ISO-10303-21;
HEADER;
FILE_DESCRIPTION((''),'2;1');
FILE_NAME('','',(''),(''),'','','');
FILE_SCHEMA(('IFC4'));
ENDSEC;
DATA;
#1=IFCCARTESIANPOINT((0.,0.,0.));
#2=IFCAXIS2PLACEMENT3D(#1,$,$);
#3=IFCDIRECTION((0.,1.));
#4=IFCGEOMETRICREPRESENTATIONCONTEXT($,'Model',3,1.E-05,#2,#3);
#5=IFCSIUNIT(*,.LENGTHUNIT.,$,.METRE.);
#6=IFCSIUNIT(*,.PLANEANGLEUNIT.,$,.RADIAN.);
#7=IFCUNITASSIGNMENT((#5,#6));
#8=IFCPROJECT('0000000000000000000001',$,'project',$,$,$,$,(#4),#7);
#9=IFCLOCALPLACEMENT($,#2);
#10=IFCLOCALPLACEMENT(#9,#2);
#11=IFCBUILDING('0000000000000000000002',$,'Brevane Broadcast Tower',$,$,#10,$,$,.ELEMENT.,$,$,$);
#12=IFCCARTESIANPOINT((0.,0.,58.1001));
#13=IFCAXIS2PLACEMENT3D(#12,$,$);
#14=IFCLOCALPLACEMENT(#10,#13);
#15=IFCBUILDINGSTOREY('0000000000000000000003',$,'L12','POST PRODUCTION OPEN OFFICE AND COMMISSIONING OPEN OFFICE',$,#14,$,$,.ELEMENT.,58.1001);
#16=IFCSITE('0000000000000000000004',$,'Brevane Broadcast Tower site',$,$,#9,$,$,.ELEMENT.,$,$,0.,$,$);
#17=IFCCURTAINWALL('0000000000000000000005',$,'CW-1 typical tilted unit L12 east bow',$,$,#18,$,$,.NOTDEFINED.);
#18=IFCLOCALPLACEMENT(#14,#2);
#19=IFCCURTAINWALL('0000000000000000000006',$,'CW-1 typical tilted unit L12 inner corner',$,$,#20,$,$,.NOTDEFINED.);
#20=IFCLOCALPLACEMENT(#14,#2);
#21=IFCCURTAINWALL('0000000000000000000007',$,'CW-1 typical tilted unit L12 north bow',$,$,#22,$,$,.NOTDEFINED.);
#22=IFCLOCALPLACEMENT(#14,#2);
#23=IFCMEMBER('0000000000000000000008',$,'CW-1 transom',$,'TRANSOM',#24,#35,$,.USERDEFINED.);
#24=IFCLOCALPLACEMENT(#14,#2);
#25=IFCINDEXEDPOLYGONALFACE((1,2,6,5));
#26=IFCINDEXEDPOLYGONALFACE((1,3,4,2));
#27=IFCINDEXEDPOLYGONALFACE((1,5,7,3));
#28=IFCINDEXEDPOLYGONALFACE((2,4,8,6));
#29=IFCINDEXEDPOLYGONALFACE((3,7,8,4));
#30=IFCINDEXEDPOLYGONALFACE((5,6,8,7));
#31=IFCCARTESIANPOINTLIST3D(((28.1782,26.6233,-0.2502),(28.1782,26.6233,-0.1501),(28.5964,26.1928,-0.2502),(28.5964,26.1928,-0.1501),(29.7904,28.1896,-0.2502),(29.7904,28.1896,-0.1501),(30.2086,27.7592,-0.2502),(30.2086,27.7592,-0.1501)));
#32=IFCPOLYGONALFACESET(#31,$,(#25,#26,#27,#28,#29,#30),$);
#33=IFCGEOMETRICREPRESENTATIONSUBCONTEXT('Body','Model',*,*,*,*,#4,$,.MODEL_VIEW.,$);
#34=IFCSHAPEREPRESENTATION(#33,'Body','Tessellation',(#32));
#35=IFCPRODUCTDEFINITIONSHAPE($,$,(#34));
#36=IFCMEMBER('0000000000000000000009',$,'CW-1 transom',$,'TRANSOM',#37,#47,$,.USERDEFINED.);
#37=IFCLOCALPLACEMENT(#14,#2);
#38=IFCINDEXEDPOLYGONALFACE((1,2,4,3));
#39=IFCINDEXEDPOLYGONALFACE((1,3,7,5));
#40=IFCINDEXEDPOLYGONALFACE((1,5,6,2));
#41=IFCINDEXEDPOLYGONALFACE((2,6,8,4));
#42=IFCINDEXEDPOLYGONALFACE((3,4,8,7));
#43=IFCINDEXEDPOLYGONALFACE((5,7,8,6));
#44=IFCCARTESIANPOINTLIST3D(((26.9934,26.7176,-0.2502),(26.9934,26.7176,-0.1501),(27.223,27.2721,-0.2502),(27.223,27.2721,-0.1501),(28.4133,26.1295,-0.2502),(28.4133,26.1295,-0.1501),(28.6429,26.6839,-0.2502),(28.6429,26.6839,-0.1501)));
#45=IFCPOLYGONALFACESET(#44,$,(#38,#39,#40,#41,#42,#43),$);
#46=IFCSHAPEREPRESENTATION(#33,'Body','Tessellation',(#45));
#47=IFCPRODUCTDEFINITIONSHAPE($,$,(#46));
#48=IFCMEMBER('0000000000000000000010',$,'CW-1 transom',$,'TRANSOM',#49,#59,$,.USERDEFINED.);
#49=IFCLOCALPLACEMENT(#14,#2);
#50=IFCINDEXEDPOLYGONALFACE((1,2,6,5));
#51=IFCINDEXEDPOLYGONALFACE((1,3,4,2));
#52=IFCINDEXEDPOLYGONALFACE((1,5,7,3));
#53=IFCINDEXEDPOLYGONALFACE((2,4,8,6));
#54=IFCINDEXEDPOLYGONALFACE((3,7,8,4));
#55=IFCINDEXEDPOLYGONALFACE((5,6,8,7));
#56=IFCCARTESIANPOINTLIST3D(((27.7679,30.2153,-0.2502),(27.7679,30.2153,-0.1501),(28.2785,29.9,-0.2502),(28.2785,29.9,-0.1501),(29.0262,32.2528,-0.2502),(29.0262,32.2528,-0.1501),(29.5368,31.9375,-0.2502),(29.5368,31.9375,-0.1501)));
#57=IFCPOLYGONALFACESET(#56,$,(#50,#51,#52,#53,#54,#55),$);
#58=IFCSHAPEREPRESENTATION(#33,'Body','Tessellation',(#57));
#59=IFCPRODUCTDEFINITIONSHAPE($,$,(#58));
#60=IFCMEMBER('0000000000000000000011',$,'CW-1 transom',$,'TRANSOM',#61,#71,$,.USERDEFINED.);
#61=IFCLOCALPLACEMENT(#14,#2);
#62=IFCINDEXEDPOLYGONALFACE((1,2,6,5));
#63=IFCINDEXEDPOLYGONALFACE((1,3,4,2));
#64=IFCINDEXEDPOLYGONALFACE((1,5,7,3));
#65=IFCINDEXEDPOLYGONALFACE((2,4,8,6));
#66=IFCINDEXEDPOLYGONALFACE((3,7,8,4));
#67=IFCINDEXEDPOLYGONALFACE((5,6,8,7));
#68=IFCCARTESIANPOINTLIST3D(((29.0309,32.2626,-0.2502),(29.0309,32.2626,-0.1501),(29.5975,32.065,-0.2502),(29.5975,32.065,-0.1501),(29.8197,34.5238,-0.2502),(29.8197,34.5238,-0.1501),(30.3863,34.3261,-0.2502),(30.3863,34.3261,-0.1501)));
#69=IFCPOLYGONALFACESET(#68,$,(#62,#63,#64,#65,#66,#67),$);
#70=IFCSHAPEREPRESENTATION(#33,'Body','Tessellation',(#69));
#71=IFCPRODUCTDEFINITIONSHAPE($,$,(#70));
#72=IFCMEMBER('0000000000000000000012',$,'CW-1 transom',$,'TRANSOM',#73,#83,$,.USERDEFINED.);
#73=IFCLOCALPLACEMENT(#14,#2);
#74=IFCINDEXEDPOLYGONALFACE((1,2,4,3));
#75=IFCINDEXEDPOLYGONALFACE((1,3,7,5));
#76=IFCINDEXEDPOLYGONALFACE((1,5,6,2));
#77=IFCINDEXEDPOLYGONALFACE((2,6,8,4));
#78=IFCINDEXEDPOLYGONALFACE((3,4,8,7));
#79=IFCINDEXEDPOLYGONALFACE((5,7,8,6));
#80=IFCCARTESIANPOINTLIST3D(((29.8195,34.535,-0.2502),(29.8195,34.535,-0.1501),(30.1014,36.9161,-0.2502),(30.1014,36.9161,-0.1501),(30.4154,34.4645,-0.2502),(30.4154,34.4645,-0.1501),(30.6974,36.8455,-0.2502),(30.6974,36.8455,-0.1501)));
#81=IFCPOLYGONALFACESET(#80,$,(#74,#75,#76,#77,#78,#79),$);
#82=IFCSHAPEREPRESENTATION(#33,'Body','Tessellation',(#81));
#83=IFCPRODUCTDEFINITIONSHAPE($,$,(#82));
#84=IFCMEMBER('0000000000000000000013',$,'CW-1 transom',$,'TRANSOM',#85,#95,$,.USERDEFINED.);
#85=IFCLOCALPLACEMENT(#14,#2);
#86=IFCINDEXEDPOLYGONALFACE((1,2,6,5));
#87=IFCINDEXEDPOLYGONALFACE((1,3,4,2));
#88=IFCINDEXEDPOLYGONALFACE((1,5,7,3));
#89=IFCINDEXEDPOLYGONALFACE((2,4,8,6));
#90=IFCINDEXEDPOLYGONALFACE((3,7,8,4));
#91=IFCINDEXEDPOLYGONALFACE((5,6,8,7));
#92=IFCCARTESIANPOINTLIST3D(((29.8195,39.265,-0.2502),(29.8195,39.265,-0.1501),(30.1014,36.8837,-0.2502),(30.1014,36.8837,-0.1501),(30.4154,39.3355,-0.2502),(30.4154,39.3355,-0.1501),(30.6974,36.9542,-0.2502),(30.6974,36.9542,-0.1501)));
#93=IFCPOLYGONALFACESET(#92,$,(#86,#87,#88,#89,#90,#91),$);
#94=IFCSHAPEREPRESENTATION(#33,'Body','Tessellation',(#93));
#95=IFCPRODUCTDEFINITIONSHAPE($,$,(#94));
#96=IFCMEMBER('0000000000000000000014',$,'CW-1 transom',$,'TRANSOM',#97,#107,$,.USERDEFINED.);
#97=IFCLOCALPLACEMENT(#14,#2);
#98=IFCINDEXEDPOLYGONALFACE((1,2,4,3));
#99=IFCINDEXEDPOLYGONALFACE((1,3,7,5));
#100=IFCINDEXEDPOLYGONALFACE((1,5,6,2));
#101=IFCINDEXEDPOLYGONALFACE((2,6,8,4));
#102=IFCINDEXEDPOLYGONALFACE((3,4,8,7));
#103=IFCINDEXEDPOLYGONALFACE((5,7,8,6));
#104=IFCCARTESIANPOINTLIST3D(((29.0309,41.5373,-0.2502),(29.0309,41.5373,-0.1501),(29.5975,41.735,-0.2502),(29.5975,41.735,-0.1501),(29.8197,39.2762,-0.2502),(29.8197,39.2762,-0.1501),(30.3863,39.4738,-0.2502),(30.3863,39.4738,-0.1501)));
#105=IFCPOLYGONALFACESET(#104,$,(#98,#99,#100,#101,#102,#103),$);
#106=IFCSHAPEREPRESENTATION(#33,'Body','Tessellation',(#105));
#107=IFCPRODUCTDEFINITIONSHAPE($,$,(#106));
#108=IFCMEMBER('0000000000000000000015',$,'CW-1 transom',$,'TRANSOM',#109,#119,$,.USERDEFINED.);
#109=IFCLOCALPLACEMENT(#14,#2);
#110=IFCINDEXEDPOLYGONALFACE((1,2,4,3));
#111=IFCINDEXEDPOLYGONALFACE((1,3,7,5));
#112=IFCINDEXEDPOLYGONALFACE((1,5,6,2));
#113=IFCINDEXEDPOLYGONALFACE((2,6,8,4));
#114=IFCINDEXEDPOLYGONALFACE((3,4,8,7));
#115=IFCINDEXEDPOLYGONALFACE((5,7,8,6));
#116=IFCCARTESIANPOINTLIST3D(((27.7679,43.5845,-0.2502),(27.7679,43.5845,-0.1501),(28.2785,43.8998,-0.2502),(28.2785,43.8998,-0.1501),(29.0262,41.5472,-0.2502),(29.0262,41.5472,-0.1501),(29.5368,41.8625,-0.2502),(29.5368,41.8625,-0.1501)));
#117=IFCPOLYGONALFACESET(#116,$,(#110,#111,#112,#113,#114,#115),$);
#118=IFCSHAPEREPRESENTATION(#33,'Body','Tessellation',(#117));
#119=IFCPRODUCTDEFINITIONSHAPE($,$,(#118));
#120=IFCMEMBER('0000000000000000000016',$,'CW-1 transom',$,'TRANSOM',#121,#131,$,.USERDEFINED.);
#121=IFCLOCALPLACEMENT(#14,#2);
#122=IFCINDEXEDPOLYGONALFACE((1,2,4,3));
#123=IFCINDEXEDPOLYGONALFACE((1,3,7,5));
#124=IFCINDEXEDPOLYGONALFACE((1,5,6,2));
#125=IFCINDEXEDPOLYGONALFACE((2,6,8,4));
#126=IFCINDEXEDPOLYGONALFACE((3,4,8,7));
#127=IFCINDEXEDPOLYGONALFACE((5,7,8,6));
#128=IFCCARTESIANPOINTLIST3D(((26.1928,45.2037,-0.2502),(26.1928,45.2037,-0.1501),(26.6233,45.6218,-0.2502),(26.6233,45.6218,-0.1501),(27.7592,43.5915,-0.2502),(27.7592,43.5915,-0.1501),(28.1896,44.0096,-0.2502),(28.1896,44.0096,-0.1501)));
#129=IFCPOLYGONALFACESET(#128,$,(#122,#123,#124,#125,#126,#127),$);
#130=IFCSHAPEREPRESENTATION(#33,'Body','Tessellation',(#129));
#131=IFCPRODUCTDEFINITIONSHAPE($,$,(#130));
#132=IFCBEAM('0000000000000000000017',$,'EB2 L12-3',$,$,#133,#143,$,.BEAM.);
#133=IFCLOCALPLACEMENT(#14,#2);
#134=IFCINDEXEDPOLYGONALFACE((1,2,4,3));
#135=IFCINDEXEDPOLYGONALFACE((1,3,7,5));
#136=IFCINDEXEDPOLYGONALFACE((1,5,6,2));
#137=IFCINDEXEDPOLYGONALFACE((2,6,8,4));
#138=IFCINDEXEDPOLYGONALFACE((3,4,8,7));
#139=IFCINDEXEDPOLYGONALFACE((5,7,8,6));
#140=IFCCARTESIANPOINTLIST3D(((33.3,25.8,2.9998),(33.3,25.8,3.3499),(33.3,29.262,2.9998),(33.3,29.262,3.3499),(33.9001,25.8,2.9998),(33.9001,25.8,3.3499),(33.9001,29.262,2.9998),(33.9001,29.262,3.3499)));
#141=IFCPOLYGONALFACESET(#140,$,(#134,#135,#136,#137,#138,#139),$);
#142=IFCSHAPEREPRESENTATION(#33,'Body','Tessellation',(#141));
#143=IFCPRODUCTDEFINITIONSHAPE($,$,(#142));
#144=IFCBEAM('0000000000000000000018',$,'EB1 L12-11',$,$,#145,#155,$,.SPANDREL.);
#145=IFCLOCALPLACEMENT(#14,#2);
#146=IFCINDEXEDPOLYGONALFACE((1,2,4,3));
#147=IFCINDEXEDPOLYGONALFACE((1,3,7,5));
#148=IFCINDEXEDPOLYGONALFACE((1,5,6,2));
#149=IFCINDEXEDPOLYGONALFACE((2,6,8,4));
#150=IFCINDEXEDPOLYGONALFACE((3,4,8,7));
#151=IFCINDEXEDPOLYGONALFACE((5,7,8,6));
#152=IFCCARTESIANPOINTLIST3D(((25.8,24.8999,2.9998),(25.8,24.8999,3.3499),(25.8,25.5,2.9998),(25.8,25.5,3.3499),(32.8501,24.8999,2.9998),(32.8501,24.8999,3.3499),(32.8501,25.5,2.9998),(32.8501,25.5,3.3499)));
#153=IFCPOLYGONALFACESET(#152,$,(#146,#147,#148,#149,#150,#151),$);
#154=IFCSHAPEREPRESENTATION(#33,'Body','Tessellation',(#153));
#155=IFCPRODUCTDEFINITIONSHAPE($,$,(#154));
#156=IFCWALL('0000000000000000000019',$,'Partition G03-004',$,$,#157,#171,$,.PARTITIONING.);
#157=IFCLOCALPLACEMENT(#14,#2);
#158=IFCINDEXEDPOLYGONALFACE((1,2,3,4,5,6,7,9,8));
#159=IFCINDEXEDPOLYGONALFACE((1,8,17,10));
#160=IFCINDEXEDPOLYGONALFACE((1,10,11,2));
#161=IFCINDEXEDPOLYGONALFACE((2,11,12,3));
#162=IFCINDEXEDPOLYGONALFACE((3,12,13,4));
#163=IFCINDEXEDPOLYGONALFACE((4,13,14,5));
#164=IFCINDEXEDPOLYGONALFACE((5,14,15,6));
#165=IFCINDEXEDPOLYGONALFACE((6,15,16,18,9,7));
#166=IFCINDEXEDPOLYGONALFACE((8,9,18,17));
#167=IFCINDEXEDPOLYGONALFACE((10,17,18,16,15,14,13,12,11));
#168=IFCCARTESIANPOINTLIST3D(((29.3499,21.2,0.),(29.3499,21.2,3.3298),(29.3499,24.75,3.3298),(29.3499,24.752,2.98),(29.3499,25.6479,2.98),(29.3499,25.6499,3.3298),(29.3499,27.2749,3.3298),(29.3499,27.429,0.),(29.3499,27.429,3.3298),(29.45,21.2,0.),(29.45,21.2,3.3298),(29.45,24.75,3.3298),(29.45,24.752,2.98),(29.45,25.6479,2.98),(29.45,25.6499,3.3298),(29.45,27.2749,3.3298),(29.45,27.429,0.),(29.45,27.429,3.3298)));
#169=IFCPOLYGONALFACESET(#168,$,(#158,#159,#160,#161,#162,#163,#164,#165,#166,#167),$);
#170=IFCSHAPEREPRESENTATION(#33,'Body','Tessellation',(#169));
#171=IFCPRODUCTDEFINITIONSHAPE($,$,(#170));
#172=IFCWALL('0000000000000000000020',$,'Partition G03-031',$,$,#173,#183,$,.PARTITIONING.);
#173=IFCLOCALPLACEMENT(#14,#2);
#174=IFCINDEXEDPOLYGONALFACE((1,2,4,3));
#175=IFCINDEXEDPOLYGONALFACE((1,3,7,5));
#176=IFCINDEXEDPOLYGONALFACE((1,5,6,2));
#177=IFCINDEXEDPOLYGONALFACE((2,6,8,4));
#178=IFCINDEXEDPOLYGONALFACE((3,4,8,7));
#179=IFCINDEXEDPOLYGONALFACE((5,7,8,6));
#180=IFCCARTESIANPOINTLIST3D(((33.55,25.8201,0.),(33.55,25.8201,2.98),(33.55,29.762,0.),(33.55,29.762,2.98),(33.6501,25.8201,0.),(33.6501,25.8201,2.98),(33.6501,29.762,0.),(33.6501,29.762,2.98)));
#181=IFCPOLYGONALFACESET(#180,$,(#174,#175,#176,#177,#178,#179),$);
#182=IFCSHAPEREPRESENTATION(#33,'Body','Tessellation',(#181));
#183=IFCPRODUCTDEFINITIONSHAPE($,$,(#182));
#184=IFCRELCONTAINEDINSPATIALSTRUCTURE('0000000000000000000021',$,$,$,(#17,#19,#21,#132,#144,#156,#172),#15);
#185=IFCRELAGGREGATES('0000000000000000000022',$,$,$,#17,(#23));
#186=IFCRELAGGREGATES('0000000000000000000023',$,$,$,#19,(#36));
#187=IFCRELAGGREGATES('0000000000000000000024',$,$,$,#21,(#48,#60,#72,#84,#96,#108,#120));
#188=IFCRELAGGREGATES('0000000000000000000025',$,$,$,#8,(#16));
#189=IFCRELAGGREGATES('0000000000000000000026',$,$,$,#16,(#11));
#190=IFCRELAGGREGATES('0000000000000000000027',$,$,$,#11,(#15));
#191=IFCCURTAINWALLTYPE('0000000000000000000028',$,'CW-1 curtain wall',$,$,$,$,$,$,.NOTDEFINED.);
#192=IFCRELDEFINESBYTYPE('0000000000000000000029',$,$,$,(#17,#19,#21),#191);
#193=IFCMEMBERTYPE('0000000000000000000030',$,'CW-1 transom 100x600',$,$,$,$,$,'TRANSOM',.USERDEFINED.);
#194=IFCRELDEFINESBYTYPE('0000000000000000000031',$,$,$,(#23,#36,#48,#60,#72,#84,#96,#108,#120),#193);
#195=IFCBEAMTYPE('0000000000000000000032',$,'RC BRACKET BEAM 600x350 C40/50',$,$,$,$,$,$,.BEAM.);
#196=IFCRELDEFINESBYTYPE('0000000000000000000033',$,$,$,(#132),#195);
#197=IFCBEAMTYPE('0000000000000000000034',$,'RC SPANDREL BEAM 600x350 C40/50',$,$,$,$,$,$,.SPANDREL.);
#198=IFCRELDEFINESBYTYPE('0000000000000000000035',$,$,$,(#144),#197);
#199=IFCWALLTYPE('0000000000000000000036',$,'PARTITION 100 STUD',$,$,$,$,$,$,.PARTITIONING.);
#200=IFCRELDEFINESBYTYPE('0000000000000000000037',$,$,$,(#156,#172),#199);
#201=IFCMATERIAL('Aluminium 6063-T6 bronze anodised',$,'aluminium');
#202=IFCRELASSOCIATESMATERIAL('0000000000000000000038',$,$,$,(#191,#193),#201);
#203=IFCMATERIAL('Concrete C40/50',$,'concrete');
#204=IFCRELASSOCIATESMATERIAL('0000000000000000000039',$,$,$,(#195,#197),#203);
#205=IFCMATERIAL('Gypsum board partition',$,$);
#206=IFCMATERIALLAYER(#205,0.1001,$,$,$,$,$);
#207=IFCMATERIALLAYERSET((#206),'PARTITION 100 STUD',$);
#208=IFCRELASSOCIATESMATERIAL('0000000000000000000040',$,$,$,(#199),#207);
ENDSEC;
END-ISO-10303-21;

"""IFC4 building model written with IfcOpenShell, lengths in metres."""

from ifc_helpers import new_model, si_unit, direction, frame, frame_2d, origin, origin_2d, place, context, subcontext, project, spatial, polyline, rectangle, outline, extrude, material, layer, layer_set, material_profile, profile_set, type_object, element, aggregate, save


model = new_model("IFC4")

# Units and contexts
model_context = context("Model", 3, precision=1e-05, world=origin(), true_north=direction((0.0, 1.0)))
body_context = subcontext(model_context, "Body", "Model", "MODEL_VIEW")
ifc_project = project(units=[si_unit("LENGTHUNIT", "METRE"), si_unit("PLANEANGLEUNIT", "RADIAN")], contexts=[model_context])

# Site, building, storey
site_placement = place(None, origin())
site = spatial("IfcSite", under=ifc_project, at=site_placement, Name="Brevane Broadcast Tower site", CompositionType="ELEMENT", RefElevation=0.0)
building_placement = place(site_placement, origin())
building = spatial("IfcBuilding", under=site, at=building_placement, Name="Brevane Broadcast Tower", CompositionType="ELEMENT")
storey_placement = place(building_placement, frame((0.0, 0.0, 58.1001)))
storey = spatial("IfcBuildingStorey", under=building, at=storey_placement, Name="L12", Description="POST PRODUCTION OPEN OFFICE AND COMMISSIONING OPEN OFFICE", CompositionType="ELEMENT", Elevation=58.1001)

# Curtain wall
ifc_material_1 = material(Name="Aluminium 6063-T6 bronze anodised", Category="aluminium")
curtain_wall_type = type_object("IfcCurtainWallType", Name="CW-1 curtain wall", PredefinedType="NOTDEFINED", material=ifc_material_1)
curtain_wall_1_placement = place(storey_placement, origin())
curtain_wall_1 = element("IfcCurtainWall", 1, at=curtain_wall_1_placement, inside=storey, type_object=curtain_wall_type, Name="CW-1 typical tilted unit L12 east bow", PredefinedType="NOTDEFINED")

# Curtain wall
curtain_wall_2_placement = place(storey_placement, origin())
curtain_wall_2 = element("IfcCurtainWall", 2, at=curtain_wall_2_placement, inside=storey, type_object=curtain_wall_type, Name="CW-1 typical tilted unit L12 inner corner", PredefinedType="NOTDEFINED")

# Curtain wall
curtain_wall_3_placement = place(storey_placement, origin())
curtain_wall_3 = element("IfcCurtainWall", 3, at=curtain_wall_3_placement, inside=storey, type_object=curtain_wall_type, Name="CW-1 typical tilted unit L12 north bow", PredefinedType="NOTDEFINED")

# Members
ifc_material_profile_1 = material_profile(ifc_material_1, rectangle(XDim=0.6001, YDim=0.1001, at=origin_2d()), Name="RECT 100x600")
ifc_profile_set_1 = profile_set([ifc_material_profile_1], Name="Aluminium 6063-T6 bronze anodised")
member_type_1 = type_object("IfcMemberType", Name="CW-1 transom 100x600", ElementType="TRANSOM", PredefinedType="USERDEFINED", material=ifc_profile_set_1)
member_1_placement = place(storey_placement, frame((29.9995, 27.9744, -0.2002), z_axis=(-0.717242, -0.696824, 0.0), x_axis=(0.696824, -0.717242, 0.0)))
member_1 = element("IfcMember", 4, at=member_1_placement, type_object=member_type_1, Name="CW-1 transom", ObjectType="TRANSOM", PredefinedType="USERDEFINED", context=body_context, shape_type="SweptSolid", body=[
    extrude(rectangle(XDim=0.6001, YDim=0.1001, at=origin_2d()), origin(), (0.0, 0.0, 1.0), 2.2478),
])
aggregate(curtain_wall_1, [member_1])
member_2_placement = place(storey_placement, frame((28.5281, 26.4067, -0.2002), z_axis=(-0.923883, 0.382674, 0.0), x_axis=(-0.382674, -0.923883, 0.0)))
member_2 = element("IfcMember", 5, at=member_2_placement, type_object=member_type_1, Name="CW-1 transom", ObjectType="TRANSOM", PredefinedType="USERDEFINED", context=body_context, shape_type="SweptSolid", body=[
    extrude(rectangle(XDim=0.6001, YDim=0.1001, at=origin_2d()), origin(), (0.0, 0.0, 1.0), 1.5369),
])
aggregate(curtain_wall_2, [member_2])
member_3_placement = place(storey_placement, frame((28.0232, 30.0576, -0.2002), z_axis=(0.525428, 0.850838, 0.0), x_axis=(-0.850838, 0.525428, 0.0)))
member_3 = element("IfcMember", 6, at=member_3_placement, type_object=member_type_1, Name="CW-1 transom", ObjectType="TRANSOM", PredefinedType="USERDEFINED", context=body_context, shape_type="SweptSolid", body=[
    extrude(rectangle(XDim=0.6001, YDim=0.1001, at=origin_2d()), origin(), (0.0, 0.0, 1.0), 2.3948),
])
member_4_placement = place(storey_placement, frame((29.3142, 32.1638, -0.2002), z_axis=(0.329378, 0.944198, 0.0), x_axis=(-0.944198, 0.329378, 0.0)))
member_4 = element("IfcMember", 7, at=member_4_placement, type_object=member_type_1, Name="CW-1 transom", ObjectType="TRANSOM", PredefinedType="USERDEFINED", context=body_context, shape_type="SweptSolid", body=[
    extrude(rectangle(XDim=0.6001, YDim=0.1001, at=origin_2d()), origin(), (0.0, 0.0, 1.0), 2.3948),
])
member_5_placement = place(storey_placement, frame((30.1174, 34.4998, -0.2002), z_axis=(0.117603, 0.993061, 0.0), x_axis=(-0.993061, 0.117603, 0.0)))
member_5 = element("IfcMember", 8, at=member_5_placement, type_object=member_type_1, Name="CW-1 transom", ObjectType="TRANSOM", PredefinedType="USERDEFINED", context=body_context, shape_type="SweptSolid", body=[
    extrude(rectangle(XDim=0.6001, YDim=0.1001, at=origin_2d()), origin(), (0.0, 0.0, 1.0), 2.3977),
])
member_6_placement = place(storey_placement, frame((30.3994, 36.9189, -0.2002), z_axis=(-0.117591, 0.993062, 0.0), x_axis=(-0.993062, -0.117591, 0.0)))
member_6 = element("IfcMember", 9, at=member_6_placement, type_object=member_type_1, Name="CW-1 transom", ObjectType="TRANSOM", PredefinedType="USERDEFINED", context=body_context, shape_type="SweptSolid", body=[
    extrude(rectangle(XDim=0.6001, YDim=0.1001, at=origin_2d()), origin(), (0.0, 0.0, 1.0), 2.3979),
])
member_7_placement = place(storey_placement, frame((30.103, 39.375, -0.2002), z_axis=(-0.329378, 0.944198, 0.0), x_axis=(-0.944198, -0.329378, 0.0)))
member_7 = element("IfcMember", 10, at=member_7_placement, type_object=member_type_1, Name="CW-1 transom", ObjectType="TRANSOM", PredefinedType="USERDEFINED", context=body_context, shape_type="SweptSolid", body=[
    extrude(rectangle(XDim=0.6001, YDim=0.1001, at=origin_2d()), origin(), (0.0, 0.0, 1.0), 2.3948),
])
member_8_placement = place(storey_placement, frame((29.2815, 41.7048, -0.2002), z_axis=(-0.525473, 0.85081, 0.0), x_axis=(-0.85081, -0.525473, 0.0)))
member_8 = element("IfcMember", 11, at=member_8_placement, type_object=member_type_1, Name="CW-1 transom", ObjectType="TRANSOM", PredefinedType="USERDEFINED", context=body_context, shape_type="SweptSolid", body=[
    extrude(rectangle(XDim=0.6001, YDim=0.1001, at=origin_2d()), origin(), (0.0, 0.0, 1.0), 2.3945),
])
member_9_placement = place(storey_placement, frame((27.9744, 43.8005, -0.2002), z_axis=(-0.696824, 0.717242, 0.0), x_axis=(-0.717242, -0.696824, 0.0)))
member_9 = element("IfcMember", 12, at=member_9_placement, type_object=member_type_1, Name="CW-1 transom", ObjectType="TRANSOM", PredefinedType="USERDEFINED", context=body_context, shape_type="SweptSolid", body=[
    extrude(rectangle(XDim=0.6001, YDim=0.1001, at=origin_2d()), origin(), (0.0, 0.0, 1.0), 2.2478),
])
aggregate(curtain_wall_3, [member_3, member_4, member_5, member_6, member_7, member_8, member_9])

# Beams
ifc_material_2 = material(Name="Concrete C40/50", Category="concrete")
ifc_material_profile_2 = material_profile(ifc_material_2, rectangle(XDim=0.6001, YDim=0.3501, at=origin_2d()), Name="RC 600x350")
ifc_profile_set_2 = profile_set([ifc_material_profile_2], Name="Concrete C40/50")
beam_type_1 = type_object("IfcBeamType", Name="RC BRACKET BEAM 600x350 C40/50", PredefinedType="BEAM", material=ifc_profile_set_2)
beam_1_placement = place(storey_placement, frame((33.6001, 25.8, 3.1748), z_axis=(0.0, 1.0, 0.0), x_axis=(-1.0, 0.0, 0.0)))
element("IfcBeam", 13, at=beam_1_placement, inside=storey, type_object=beam_type_1, Name="EB2 L12-3", PredefinedType="BEAM", context=body_context, shape_type="SweptSolid", body=[
    extrude(rectangle(XDim=0.6001, YDim=0.3501, at=origin_2d()), origin(), (0.0, 0.0, 1.0), 3.4619),
])
ifc_material_profile_3 = material_profile(ifc_material_2, rectangle(XDim=0.6001, YDim=0.3501, at=origin_2d()), Name="RC 600x350")
ifc_profile_set_3 = profile_set([ifc_material_profile_3], Name="Concrete C40/50")
beam_type_2 = type_object("IfcBeamType", Name="RC SPANDREL BEAM 600x350 C40/50", PredefinedType="SPANDREL", material=ifc_profile_set_3)
beam_2_placement = place(storey_placement, frame((32.8501, 25.2, 3.1748), z_axis=(-1.0, 0.0, 0.0), x_axis=(0.0, -1.0, 0.0)))
element("IfcBeam", 14, at=beam_2_placement, inside=storey, type_object=beam_type_2, Name="EB1 L12-11", PredefinedType="SPANDREL", context=body_context, shape_type="SweptSolid", body=[
    extrude(rectangle(XDim=0.6001, YDim=0.3501, at=origin_2d()), origin(), (0.0, 0.0, 1.0), 7.05),
])

# Walls
ifc_material_3 = material(Name="Gypsum board partition")
ifc_layer = layer(ifc_material_3, 0.1001)
ifc_layer_set = layer_set([ifc_layer], Name="PARTITION 100 STUD")
wall_type = type_object("IfcWallType", Name="PARTITION 100 STUD", PredefinedType="PARTITIONING", material=ifc_layer_set)
wall_1_placement = place(storey_placement, frame((29.3999, 27.429, 0.0), z_axis=(0.0, 0.0, 1.0), x_axis=(0.0, -1.0, 0.0)))
element("IfcWall", 15, at=wall_1_placement, inside=storey, type_object=wall_type, Name="Partition G03-004", PredefinedType="PARTITIONING", context=body_context, shape_type="SweptSolid", body=[
    extrude(outline(polyline([(0.0, 0.0), (6.229, 0.0), (6.229, 3.3298), (2.679, 3.3298), (2.677, 2.98), (1.781, 2.98), (1.7791, 3.3298), (0.1541, 3.3298), (0.0, 3.3298), (0.0, 0.0)])), frame((0.0, 0.05, 0.0), z_axis=(0.0, -1.0, 0.0), x_axis=(1.0, 0.0, 0.0)), (0.0, 0.0, 1.0), 0.1001),
])
wall_2_placement = place(storey_placement, frame((33.6001, 29.762, 0.0), z_axis=(0.0, 0.0, 1.0), x_axis=(0.0, -1.0, 0.0)))
element("IfcWall", 16, at=wall_2_placement, inside=storey, type_object=wall_type, Name="Partition G03-031", PredefinedType="PARTITIONING", context=body_context, shape_type="SweptSolid", body=[
    extrude(rectangle(XDim=3.9419, YDim=0.1001, at=frame_2d((1.9709, 0.0))), origin(), (0.0, 0.0, 1.0), 2.98),
])

save(model, "model.ifc")
